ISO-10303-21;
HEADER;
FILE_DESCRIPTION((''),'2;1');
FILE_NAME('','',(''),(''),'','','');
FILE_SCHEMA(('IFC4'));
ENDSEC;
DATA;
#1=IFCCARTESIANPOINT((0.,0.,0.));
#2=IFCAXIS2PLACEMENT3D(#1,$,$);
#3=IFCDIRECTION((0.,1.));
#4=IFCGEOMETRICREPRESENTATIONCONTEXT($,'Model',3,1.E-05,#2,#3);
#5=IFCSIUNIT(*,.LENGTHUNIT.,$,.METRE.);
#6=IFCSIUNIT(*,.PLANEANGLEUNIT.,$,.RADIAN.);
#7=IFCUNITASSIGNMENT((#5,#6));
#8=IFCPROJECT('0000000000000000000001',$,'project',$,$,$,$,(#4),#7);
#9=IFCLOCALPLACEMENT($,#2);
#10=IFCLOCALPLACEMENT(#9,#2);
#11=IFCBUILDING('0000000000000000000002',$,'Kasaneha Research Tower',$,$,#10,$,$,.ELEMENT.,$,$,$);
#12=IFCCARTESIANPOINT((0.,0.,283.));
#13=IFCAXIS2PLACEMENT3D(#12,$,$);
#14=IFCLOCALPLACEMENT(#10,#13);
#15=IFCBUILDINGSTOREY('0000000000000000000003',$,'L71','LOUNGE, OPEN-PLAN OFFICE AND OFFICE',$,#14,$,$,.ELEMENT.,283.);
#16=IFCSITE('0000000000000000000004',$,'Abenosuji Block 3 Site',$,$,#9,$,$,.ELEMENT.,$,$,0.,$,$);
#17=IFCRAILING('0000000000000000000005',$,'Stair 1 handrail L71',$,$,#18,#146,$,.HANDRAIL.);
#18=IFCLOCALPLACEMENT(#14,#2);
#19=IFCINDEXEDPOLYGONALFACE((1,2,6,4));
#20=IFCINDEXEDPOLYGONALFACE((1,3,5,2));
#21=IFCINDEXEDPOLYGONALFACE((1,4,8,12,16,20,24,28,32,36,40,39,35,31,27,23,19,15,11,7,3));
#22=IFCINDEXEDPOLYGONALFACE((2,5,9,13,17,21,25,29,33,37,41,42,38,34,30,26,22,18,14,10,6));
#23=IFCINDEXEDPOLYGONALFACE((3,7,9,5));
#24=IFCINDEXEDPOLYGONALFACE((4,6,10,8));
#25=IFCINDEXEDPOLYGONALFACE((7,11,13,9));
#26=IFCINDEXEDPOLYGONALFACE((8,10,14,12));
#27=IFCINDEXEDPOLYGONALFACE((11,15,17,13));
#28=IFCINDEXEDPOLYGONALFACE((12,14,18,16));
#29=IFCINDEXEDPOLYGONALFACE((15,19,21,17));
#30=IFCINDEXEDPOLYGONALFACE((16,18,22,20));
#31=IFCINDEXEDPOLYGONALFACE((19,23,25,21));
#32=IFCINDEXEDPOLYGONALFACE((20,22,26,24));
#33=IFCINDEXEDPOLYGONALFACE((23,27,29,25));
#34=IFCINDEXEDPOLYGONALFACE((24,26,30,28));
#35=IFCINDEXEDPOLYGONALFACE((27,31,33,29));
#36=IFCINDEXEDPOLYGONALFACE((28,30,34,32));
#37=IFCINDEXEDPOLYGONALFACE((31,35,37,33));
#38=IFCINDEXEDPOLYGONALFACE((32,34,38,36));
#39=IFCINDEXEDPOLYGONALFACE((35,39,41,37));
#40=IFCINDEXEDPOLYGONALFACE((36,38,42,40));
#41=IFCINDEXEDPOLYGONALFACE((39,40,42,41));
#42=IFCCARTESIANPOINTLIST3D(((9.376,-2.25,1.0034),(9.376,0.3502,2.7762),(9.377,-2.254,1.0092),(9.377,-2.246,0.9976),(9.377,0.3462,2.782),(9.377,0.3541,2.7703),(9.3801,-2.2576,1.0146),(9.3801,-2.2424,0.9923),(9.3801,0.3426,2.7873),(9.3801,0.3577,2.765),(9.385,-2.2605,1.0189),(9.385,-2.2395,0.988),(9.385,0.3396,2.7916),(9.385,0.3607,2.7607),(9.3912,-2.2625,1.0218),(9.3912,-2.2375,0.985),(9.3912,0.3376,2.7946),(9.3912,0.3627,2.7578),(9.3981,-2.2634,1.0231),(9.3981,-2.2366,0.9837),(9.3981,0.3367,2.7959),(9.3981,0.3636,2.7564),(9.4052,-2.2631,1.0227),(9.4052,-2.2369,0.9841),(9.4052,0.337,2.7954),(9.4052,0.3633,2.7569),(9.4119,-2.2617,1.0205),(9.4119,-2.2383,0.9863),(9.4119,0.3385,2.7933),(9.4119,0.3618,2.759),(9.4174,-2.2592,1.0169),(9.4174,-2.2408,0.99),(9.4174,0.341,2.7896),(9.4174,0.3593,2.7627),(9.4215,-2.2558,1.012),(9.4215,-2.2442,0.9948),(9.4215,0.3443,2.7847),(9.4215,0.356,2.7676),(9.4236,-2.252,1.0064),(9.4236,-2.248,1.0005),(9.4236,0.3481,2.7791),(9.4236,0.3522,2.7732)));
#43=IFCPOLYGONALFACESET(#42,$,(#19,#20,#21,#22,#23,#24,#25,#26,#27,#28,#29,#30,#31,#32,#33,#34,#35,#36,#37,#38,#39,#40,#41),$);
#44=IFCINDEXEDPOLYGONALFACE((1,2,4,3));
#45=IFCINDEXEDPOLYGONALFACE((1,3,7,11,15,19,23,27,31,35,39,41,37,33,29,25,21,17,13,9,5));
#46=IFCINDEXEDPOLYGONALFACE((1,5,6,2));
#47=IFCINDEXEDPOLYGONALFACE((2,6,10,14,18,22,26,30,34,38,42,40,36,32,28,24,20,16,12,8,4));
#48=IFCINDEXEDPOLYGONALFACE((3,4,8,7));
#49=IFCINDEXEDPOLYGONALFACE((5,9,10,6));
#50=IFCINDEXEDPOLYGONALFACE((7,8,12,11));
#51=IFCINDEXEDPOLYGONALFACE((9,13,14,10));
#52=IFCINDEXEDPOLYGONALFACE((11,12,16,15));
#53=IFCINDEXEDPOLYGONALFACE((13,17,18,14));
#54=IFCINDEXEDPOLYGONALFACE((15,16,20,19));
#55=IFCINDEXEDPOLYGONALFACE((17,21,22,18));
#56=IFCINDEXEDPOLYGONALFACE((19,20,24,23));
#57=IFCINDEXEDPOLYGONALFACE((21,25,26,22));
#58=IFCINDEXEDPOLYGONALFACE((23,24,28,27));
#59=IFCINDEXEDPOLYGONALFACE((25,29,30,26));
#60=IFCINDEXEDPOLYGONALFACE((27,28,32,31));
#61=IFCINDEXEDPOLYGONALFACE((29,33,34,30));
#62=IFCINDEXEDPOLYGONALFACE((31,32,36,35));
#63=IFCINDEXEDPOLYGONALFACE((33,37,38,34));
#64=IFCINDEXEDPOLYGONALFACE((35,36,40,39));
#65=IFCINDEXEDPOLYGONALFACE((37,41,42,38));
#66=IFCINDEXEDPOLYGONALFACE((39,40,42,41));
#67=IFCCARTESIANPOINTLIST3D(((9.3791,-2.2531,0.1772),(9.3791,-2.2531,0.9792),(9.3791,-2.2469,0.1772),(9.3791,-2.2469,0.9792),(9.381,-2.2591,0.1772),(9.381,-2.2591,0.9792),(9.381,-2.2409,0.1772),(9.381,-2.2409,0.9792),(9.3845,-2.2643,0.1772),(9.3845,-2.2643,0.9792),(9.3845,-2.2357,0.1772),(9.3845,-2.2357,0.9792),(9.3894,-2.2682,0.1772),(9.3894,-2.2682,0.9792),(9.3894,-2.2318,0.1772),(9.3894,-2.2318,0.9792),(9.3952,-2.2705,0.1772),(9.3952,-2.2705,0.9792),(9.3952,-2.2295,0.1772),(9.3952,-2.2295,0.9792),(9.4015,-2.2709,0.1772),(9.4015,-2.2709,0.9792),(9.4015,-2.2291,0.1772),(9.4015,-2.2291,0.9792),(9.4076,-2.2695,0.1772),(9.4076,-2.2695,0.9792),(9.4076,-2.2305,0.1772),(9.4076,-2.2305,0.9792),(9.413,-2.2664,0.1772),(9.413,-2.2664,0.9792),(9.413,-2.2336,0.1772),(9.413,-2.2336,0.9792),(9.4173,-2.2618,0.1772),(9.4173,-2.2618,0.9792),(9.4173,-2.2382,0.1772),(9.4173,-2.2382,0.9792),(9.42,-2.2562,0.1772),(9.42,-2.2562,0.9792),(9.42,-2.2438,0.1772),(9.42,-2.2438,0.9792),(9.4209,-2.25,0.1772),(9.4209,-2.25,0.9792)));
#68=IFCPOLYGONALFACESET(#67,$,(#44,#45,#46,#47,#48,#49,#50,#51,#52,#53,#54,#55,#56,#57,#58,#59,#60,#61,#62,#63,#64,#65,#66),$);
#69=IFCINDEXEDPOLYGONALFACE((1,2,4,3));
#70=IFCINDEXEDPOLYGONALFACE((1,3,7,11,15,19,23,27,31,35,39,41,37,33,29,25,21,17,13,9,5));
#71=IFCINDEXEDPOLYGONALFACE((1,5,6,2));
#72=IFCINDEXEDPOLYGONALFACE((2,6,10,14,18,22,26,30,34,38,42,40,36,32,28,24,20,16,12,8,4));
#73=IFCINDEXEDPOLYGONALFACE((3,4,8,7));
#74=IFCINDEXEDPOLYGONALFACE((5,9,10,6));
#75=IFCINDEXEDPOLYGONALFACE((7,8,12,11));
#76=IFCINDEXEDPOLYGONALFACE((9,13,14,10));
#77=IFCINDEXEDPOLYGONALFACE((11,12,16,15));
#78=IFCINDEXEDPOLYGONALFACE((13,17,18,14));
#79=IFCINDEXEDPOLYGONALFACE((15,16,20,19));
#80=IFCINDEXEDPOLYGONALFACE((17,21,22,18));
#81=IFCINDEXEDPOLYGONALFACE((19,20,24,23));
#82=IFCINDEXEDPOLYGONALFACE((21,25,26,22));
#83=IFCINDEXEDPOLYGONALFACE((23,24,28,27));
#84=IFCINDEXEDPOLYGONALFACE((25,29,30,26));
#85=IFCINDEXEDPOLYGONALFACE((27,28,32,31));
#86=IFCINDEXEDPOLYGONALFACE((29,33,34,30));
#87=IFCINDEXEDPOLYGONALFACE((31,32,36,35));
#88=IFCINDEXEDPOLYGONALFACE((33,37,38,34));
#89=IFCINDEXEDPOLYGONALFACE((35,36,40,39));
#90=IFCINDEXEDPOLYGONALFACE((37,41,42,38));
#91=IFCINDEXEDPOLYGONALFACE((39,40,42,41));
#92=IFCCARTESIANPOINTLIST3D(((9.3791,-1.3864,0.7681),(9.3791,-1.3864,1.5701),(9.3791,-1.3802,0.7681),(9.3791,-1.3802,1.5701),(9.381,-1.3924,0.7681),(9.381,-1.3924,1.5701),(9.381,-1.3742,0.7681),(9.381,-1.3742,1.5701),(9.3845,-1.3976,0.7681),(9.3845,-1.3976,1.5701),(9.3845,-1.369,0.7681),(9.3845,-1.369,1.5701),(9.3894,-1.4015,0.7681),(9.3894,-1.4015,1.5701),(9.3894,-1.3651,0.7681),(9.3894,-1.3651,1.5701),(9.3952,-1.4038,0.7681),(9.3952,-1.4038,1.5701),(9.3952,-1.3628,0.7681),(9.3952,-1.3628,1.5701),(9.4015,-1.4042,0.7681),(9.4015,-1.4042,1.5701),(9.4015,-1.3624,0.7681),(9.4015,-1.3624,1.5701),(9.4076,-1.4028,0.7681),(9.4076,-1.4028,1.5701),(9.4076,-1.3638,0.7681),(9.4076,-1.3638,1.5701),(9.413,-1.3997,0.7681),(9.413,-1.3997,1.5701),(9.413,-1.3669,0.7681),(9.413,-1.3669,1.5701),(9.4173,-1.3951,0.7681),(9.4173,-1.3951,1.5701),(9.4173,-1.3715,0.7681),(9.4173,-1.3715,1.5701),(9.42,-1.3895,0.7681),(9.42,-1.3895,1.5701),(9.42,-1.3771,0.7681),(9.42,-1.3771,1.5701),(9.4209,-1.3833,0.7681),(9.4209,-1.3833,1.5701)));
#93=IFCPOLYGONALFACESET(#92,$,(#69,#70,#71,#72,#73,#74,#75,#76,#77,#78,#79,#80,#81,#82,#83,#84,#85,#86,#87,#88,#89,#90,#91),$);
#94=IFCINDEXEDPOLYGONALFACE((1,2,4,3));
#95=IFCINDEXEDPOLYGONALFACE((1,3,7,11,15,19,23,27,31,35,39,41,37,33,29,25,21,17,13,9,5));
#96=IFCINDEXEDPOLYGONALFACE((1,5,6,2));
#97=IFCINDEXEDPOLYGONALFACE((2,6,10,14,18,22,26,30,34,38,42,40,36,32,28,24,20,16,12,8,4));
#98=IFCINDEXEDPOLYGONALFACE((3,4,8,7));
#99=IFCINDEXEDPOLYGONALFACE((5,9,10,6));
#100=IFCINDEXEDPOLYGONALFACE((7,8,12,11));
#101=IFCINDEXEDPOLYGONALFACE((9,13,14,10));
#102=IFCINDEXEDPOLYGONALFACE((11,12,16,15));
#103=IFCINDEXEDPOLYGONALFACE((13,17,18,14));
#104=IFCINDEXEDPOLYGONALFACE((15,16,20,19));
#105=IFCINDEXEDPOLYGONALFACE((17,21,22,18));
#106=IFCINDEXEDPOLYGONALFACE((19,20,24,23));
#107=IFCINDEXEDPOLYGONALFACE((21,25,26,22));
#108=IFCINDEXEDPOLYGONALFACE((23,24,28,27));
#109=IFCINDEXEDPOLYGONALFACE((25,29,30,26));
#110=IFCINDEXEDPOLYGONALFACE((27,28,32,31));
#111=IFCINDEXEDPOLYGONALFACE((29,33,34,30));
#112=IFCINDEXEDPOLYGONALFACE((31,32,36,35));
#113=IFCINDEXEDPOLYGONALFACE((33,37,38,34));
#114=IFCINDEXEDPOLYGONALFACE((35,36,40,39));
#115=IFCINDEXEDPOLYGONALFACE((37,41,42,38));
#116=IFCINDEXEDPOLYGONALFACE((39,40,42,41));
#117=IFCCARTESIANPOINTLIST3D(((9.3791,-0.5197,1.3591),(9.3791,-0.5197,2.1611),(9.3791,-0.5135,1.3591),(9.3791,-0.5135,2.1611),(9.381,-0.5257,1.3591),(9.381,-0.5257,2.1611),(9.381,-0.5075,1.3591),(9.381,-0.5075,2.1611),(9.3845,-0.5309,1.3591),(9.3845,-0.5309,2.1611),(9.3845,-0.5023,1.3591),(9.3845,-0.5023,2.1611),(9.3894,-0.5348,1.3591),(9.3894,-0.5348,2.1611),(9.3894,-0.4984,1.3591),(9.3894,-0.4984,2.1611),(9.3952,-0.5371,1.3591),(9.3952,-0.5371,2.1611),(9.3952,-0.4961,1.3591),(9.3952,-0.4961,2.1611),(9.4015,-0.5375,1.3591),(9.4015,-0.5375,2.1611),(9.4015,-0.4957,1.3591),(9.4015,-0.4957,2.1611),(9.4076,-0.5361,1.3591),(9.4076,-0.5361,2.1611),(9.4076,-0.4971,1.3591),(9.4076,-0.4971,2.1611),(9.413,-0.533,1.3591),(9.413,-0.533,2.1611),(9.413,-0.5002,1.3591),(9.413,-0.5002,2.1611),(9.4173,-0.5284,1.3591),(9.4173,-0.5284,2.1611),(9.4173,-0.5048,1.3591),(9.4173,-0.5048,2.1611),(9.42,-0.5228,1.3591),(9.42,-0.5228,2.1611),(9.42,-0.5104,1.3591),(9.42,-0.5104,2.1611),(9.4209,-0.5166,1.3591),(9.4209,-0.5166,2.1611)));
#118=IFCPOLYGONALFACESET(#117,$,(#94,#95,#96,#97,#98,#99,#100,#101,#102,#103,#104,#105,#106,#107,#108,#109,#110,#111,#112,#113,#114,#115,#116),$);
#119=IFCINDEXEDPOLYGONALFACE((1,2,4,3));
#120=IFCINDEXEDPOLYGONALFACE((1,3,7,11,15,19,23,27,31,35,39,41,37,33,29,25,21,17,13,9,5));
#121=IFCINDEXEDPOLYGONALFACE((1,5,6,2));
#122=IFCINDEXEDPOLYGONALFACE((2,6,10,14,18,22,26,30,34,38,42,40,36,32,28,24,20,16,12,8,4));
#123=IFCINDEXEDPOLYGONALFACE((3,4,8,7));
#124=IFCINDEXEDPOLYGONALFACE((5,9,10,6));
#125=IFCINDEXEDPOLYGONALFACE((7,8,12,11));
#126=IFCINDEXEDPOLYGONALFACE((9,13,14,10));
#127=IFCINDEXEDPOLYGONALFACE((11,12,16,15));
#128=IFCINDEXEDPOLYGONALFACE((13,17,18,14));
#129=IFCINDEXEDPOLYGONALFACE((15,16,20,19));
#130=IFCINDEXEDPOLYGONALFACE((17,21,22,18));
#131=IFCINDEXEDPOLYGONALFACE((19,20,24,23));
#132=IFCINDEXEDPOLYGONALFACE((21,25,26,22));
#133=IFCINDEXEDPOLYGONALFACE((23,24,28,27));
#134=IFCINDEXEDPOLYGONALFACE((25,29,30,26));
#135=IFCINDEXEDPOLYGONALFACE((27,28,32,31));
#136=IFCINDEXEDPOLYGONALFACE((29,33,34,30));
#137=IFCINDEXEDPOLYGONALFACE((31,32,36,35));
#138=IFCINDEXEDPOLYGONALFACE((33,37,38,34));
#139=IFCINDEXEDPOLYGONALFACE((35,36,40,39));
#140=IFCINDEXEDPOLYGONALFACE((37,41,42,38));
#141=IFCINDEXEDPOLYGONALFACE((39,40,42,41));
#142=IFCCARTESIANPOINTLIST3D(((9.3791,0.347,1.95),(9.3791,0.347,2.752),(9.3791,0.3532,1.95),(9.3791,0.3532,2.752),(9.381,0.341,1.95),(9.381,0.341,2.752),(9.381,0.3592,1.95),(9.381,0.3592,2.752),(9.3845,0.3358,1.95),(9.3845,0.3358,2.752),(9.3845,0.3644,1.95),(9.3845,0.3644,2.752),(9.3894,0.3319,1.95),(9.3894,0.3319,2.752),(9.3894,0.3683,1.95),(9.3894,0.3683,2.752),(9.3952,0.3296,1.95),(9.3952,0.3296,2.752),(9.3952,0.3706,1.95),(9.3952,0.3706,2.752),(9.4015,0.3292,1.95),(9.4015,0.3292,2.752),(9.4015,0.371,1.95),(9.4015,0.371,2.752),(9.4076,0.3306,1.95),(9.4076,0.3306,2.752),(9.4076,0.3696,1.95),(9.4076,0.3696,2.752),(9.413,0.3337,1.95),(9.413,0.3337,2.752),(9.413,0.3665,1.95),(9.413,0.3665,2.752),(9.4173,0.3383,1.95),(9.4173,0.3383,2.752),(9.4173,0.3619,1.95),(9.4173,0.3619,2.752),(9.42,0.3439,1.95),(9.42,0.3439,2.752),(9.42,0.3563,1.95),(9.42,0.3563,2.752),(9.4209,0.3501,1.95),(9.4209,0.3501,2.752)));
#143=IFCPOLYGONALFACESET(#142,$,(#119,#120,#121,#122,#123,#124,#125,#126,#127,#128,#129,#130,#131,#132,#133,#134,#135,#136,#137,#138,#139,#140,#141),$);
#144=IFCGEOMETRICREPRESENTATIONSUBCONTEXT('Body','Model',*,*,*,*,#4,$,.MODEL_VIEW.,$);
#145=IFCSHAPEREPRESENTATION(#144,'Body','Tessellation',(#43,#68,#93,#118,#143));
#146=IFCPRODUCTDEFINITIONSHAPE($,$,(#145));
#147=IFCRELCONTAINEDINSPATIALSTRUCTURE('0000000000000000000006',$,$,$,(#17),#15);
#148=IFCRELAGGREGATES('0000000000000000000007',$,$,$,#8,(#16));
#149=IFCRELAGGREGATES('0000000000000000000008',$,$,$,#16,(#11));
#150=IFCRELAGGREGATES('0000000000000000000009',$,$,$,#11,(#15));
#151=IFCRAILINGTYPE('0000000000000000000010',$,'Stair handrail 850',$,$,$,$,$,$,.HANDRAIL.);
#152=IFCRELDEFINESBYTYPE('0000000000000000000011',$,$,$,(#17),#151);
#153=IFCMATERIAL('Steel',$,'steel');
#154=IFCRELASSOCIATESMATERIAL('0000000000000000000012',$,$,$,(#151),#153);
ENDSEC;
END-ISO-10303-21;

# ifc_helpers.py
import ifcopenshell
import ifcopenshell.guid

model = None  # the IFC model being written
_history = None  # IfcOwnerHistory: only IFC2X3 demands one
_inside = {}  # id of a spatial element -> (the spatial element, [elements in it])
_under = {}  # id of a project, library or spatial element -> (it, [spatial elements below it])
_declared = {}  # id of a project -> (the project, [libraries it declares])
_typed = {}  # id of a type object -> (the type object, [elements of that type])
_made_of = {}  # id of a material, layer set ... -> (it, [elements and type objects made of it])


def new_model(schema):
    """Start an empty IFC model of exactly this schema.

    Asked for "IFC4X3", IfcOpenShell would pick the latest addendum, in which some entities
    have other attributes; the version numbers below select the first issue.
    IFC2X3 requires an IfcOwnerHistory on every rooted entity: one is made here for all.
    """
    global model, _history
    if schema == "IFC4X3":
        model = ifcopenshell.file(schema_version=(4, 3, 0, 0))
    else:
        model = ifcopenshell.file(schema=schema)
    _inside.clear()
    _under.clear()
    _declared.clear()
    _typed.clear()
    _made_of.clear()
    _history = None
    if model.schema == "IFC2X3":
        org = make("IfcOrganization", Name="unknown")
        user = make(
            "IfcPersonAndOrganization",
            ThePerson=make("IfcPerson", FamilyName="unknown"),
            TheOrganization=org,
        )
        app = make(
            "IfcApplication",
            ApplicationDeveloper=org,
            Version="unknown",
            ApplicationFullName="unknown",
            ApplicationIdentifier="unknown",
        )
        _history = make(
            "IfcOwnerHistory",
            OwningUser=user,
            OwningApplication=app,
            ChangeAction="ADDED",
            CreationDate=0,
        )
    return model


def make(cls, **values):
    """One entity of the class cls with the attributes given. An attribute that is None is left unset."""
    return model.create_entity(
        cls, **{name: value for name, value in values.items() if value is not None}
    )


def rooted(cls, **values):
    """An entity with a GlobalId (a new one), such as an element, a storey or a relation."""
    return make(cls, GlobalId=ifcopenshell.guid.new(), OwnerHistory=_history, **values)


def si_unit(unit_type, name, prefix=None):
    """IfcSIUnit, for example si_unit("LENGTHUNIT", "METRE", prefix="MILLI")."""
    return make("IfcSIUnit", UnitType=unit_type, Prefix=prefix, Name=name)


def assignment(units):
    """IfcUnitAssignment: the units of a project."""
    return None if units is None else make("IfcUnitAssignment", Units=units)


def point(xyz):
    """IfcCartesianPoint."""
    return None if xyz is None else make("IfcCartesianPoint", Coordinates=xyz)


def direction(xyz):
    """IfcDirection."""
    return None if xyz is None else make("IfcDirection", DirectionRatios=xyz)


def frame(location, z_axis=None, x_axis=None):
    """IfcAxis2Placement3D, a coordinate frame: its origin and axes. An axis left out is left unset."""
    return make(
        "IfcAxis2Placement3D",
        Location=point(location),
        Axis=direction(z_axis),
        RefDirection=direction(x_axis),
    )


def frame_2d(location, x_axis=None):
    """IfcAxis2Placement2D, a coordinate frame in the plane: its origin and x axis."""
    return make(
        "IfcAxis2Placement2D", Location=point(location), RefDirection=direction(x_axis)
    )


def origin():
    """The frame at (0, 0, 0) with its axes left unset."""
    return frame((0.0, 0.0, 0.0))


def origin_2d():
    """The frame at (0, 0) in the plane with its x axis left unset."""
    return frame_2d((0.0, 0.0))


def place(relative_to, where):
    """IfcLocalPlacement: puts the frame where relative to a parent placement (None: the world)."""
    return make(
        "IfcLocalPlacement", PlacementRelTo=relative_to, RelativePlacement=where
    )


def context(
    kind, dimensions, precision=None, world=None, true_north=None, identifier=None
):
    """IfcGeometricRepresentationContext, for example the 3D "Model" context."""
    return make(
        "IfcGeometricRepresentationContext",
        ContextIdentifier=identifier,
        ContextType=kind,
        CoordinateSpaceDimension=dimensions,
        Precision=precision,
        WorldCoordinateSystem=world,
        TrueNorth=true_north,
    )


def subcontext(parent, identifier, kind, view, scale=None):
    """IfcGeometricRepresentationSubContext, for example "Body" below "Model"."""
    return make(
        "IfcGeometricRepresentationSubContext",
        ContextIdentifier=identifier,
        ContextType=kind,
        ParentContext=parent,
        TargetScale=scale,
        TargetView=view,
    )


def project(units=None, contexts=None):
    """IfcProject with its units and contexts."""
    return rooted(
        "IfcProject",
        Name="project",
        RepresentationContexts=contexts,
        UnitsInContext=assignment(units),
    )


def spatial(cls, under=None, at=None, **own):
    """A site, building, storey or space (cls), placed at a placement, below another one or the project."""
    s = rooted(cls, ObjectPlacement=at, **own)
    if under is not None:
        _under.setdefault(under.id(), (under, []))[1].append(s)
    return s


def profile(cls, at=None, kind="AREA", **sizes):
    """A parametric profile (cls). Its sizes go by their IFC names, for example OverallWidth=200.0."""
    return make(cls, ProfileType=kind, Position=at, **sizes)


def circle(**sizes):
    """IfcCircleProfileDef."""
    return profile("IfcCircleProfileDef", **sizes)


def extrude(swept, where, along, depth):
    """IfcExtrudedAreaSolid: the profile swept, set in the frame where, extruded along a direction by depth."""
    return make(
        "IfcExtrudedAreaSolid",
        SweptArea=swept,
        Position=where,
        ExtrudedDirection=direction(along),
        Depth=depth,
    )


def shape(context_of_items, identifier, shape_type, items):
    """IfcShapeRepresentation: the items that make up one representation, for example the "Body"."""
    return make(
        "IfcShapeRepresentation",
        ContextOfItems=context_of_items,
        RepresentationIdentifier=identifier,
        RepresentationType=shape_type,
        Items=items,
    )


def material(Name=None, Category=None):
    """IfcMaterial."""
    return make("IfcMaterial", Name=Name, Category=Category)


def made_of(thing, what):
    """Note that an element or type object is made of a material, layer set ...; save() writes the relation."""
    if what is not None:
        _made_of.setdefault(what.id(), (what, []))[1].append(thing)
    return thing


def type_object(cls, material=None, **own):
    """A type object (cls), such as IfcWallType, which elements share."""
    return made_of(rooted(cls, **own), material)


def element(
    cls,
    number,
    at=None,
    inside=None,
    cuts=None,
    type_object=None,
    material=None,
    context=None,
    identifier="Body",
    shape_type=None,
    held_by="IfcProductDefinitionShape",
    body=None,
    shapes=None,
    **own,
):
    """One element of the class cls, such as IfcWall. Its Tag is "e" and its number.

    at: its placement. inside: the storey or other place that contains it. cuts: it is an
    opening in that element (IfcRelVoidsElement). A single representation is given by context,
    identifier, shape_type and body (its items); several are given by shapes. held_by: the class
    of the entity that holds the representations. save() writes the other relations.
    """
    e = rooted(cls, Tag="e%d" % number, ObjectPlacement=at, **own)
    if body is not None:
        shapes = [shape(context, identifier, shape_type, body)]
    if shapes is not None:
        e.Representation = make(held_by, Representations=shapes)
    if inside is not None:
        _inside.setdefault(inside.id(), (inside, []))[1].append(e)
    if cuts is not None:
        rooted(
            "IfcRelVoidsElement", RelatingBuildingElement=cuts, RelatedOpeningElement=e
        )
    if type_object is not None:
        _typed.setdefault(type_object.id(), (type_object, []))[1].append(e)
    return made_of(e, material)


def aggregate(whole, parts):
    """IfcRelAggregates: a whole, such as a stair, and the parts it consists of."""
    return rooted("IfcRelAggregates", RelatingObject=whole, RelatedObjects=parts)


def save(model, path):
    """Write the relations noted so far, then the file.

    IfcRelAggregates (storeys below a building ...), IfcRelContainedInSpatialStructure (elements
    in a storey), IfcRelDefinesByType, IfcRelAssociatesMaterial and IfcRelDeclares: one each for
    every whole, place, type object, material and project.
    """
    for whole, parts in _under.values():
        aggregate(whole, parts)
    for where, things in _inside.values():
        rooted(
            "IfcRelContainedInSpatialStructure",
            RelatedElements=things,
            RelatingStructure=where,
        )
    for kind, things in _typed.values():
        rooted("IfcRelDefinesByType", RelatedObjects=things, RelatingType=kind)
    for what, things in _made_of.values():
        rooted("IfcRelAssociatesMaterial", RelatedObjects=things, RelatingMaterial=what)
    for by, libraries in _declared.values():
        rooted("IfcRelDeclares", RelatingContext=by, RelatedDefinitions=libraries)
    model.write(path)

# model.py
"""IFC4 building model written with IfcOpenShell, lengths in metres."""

from ifc_helpers import new_model, si_unit, direction, frame, origin, origin_2d, place, context, subcontext, project, spatial, circle, extrude, material, type_object, element, save


model = new_model("IFC4")

# Units and contexts
model_context = context("Model", 3, precision=1e-05, world=origin(), true_north=direction((0.0, 1.0)))
body_context = subcontext(model_context, "Body", "Model", "MODEL_VIEW")
ifc_project = project(units=[si_unit("LENGTHUNIT", "METRE"), si_unit("PLANEANGLEUNIT", "RADIAN")], contexts=[model_context])

# Site, building, storey
site_placement = place(None, origin())
site = spatial("IfcSite", under=ifc_project, at=site_placement, Name="Abenosuji Block 3 Site", CompositionType="ELEMENT", RefElevation=0.0)
building_placement = place(site_placement, origin())
building = spatial("IfcBuilding", under=site, at=building_placement, Name="Kasaneha Research Tower", CompositionType="ELEMENT")
storey_placement = place(building_placement, frame((0.0, 0.0, 283.0)))
storey = spatial("IfcBuildingStorey", under=building, at=storey_placement, Name="L71", Description="LOUNGE, OPEN-PLAN OFFICE AND OFFICE", CompositionType="ELEMENT", Elevation=283.0)

# Railing
ifc_material_1 = material(Name="Steel", Category="steel")
railing_type = type_object("IfcRailingType", Name="Stair handrail 850", PredefinedType="HANDRAIL", material=ifc_material_1)
railing_placement = place(storey_placement, frame((9.3999, -2.25, 0.1772)))
element("IfcRailing", 1, at=railing_placement, inside=storey, type_object=railing_type, Name="Stair 1 handrail L71", PredefinedType="HANDRAIL", context=body_context, shape_type="SweptSolid", body=[
    extrude(circle(Radius=0.0239, at=origin_2d()), frame((0.0, 0.0, 0.8262), z_axis=(0.0, 0.82624, 0.563318), x_axis=(-1.0, 0.0, 0.0)), (0.0, 0.0, 1.0), 3.147),
    extrude(circle(Radius=0.021, at=origin_2d()), origin(), (0.0, 0.0, 1.0), 0.802),
    extrude(circle(Radius=0.021, at=origin_2d()), frame((0.0, 0.8667, 0.5908)), (0.0, 0.0, 1.0), 0.802),
    extrude(circle(Radius=0.021, at=origin_2d()), frame((0.0, 1.7334, 1.1819)), (0.0, 0.0, 1.0), 0.802),
    extrude(circle(Radius=0.021, at=origin_2d()), frame((0.0, 2.6001, 1.7727)), (0.0, 0.0, 1.0), 0.802),
])

save(model, "model.ifc")
